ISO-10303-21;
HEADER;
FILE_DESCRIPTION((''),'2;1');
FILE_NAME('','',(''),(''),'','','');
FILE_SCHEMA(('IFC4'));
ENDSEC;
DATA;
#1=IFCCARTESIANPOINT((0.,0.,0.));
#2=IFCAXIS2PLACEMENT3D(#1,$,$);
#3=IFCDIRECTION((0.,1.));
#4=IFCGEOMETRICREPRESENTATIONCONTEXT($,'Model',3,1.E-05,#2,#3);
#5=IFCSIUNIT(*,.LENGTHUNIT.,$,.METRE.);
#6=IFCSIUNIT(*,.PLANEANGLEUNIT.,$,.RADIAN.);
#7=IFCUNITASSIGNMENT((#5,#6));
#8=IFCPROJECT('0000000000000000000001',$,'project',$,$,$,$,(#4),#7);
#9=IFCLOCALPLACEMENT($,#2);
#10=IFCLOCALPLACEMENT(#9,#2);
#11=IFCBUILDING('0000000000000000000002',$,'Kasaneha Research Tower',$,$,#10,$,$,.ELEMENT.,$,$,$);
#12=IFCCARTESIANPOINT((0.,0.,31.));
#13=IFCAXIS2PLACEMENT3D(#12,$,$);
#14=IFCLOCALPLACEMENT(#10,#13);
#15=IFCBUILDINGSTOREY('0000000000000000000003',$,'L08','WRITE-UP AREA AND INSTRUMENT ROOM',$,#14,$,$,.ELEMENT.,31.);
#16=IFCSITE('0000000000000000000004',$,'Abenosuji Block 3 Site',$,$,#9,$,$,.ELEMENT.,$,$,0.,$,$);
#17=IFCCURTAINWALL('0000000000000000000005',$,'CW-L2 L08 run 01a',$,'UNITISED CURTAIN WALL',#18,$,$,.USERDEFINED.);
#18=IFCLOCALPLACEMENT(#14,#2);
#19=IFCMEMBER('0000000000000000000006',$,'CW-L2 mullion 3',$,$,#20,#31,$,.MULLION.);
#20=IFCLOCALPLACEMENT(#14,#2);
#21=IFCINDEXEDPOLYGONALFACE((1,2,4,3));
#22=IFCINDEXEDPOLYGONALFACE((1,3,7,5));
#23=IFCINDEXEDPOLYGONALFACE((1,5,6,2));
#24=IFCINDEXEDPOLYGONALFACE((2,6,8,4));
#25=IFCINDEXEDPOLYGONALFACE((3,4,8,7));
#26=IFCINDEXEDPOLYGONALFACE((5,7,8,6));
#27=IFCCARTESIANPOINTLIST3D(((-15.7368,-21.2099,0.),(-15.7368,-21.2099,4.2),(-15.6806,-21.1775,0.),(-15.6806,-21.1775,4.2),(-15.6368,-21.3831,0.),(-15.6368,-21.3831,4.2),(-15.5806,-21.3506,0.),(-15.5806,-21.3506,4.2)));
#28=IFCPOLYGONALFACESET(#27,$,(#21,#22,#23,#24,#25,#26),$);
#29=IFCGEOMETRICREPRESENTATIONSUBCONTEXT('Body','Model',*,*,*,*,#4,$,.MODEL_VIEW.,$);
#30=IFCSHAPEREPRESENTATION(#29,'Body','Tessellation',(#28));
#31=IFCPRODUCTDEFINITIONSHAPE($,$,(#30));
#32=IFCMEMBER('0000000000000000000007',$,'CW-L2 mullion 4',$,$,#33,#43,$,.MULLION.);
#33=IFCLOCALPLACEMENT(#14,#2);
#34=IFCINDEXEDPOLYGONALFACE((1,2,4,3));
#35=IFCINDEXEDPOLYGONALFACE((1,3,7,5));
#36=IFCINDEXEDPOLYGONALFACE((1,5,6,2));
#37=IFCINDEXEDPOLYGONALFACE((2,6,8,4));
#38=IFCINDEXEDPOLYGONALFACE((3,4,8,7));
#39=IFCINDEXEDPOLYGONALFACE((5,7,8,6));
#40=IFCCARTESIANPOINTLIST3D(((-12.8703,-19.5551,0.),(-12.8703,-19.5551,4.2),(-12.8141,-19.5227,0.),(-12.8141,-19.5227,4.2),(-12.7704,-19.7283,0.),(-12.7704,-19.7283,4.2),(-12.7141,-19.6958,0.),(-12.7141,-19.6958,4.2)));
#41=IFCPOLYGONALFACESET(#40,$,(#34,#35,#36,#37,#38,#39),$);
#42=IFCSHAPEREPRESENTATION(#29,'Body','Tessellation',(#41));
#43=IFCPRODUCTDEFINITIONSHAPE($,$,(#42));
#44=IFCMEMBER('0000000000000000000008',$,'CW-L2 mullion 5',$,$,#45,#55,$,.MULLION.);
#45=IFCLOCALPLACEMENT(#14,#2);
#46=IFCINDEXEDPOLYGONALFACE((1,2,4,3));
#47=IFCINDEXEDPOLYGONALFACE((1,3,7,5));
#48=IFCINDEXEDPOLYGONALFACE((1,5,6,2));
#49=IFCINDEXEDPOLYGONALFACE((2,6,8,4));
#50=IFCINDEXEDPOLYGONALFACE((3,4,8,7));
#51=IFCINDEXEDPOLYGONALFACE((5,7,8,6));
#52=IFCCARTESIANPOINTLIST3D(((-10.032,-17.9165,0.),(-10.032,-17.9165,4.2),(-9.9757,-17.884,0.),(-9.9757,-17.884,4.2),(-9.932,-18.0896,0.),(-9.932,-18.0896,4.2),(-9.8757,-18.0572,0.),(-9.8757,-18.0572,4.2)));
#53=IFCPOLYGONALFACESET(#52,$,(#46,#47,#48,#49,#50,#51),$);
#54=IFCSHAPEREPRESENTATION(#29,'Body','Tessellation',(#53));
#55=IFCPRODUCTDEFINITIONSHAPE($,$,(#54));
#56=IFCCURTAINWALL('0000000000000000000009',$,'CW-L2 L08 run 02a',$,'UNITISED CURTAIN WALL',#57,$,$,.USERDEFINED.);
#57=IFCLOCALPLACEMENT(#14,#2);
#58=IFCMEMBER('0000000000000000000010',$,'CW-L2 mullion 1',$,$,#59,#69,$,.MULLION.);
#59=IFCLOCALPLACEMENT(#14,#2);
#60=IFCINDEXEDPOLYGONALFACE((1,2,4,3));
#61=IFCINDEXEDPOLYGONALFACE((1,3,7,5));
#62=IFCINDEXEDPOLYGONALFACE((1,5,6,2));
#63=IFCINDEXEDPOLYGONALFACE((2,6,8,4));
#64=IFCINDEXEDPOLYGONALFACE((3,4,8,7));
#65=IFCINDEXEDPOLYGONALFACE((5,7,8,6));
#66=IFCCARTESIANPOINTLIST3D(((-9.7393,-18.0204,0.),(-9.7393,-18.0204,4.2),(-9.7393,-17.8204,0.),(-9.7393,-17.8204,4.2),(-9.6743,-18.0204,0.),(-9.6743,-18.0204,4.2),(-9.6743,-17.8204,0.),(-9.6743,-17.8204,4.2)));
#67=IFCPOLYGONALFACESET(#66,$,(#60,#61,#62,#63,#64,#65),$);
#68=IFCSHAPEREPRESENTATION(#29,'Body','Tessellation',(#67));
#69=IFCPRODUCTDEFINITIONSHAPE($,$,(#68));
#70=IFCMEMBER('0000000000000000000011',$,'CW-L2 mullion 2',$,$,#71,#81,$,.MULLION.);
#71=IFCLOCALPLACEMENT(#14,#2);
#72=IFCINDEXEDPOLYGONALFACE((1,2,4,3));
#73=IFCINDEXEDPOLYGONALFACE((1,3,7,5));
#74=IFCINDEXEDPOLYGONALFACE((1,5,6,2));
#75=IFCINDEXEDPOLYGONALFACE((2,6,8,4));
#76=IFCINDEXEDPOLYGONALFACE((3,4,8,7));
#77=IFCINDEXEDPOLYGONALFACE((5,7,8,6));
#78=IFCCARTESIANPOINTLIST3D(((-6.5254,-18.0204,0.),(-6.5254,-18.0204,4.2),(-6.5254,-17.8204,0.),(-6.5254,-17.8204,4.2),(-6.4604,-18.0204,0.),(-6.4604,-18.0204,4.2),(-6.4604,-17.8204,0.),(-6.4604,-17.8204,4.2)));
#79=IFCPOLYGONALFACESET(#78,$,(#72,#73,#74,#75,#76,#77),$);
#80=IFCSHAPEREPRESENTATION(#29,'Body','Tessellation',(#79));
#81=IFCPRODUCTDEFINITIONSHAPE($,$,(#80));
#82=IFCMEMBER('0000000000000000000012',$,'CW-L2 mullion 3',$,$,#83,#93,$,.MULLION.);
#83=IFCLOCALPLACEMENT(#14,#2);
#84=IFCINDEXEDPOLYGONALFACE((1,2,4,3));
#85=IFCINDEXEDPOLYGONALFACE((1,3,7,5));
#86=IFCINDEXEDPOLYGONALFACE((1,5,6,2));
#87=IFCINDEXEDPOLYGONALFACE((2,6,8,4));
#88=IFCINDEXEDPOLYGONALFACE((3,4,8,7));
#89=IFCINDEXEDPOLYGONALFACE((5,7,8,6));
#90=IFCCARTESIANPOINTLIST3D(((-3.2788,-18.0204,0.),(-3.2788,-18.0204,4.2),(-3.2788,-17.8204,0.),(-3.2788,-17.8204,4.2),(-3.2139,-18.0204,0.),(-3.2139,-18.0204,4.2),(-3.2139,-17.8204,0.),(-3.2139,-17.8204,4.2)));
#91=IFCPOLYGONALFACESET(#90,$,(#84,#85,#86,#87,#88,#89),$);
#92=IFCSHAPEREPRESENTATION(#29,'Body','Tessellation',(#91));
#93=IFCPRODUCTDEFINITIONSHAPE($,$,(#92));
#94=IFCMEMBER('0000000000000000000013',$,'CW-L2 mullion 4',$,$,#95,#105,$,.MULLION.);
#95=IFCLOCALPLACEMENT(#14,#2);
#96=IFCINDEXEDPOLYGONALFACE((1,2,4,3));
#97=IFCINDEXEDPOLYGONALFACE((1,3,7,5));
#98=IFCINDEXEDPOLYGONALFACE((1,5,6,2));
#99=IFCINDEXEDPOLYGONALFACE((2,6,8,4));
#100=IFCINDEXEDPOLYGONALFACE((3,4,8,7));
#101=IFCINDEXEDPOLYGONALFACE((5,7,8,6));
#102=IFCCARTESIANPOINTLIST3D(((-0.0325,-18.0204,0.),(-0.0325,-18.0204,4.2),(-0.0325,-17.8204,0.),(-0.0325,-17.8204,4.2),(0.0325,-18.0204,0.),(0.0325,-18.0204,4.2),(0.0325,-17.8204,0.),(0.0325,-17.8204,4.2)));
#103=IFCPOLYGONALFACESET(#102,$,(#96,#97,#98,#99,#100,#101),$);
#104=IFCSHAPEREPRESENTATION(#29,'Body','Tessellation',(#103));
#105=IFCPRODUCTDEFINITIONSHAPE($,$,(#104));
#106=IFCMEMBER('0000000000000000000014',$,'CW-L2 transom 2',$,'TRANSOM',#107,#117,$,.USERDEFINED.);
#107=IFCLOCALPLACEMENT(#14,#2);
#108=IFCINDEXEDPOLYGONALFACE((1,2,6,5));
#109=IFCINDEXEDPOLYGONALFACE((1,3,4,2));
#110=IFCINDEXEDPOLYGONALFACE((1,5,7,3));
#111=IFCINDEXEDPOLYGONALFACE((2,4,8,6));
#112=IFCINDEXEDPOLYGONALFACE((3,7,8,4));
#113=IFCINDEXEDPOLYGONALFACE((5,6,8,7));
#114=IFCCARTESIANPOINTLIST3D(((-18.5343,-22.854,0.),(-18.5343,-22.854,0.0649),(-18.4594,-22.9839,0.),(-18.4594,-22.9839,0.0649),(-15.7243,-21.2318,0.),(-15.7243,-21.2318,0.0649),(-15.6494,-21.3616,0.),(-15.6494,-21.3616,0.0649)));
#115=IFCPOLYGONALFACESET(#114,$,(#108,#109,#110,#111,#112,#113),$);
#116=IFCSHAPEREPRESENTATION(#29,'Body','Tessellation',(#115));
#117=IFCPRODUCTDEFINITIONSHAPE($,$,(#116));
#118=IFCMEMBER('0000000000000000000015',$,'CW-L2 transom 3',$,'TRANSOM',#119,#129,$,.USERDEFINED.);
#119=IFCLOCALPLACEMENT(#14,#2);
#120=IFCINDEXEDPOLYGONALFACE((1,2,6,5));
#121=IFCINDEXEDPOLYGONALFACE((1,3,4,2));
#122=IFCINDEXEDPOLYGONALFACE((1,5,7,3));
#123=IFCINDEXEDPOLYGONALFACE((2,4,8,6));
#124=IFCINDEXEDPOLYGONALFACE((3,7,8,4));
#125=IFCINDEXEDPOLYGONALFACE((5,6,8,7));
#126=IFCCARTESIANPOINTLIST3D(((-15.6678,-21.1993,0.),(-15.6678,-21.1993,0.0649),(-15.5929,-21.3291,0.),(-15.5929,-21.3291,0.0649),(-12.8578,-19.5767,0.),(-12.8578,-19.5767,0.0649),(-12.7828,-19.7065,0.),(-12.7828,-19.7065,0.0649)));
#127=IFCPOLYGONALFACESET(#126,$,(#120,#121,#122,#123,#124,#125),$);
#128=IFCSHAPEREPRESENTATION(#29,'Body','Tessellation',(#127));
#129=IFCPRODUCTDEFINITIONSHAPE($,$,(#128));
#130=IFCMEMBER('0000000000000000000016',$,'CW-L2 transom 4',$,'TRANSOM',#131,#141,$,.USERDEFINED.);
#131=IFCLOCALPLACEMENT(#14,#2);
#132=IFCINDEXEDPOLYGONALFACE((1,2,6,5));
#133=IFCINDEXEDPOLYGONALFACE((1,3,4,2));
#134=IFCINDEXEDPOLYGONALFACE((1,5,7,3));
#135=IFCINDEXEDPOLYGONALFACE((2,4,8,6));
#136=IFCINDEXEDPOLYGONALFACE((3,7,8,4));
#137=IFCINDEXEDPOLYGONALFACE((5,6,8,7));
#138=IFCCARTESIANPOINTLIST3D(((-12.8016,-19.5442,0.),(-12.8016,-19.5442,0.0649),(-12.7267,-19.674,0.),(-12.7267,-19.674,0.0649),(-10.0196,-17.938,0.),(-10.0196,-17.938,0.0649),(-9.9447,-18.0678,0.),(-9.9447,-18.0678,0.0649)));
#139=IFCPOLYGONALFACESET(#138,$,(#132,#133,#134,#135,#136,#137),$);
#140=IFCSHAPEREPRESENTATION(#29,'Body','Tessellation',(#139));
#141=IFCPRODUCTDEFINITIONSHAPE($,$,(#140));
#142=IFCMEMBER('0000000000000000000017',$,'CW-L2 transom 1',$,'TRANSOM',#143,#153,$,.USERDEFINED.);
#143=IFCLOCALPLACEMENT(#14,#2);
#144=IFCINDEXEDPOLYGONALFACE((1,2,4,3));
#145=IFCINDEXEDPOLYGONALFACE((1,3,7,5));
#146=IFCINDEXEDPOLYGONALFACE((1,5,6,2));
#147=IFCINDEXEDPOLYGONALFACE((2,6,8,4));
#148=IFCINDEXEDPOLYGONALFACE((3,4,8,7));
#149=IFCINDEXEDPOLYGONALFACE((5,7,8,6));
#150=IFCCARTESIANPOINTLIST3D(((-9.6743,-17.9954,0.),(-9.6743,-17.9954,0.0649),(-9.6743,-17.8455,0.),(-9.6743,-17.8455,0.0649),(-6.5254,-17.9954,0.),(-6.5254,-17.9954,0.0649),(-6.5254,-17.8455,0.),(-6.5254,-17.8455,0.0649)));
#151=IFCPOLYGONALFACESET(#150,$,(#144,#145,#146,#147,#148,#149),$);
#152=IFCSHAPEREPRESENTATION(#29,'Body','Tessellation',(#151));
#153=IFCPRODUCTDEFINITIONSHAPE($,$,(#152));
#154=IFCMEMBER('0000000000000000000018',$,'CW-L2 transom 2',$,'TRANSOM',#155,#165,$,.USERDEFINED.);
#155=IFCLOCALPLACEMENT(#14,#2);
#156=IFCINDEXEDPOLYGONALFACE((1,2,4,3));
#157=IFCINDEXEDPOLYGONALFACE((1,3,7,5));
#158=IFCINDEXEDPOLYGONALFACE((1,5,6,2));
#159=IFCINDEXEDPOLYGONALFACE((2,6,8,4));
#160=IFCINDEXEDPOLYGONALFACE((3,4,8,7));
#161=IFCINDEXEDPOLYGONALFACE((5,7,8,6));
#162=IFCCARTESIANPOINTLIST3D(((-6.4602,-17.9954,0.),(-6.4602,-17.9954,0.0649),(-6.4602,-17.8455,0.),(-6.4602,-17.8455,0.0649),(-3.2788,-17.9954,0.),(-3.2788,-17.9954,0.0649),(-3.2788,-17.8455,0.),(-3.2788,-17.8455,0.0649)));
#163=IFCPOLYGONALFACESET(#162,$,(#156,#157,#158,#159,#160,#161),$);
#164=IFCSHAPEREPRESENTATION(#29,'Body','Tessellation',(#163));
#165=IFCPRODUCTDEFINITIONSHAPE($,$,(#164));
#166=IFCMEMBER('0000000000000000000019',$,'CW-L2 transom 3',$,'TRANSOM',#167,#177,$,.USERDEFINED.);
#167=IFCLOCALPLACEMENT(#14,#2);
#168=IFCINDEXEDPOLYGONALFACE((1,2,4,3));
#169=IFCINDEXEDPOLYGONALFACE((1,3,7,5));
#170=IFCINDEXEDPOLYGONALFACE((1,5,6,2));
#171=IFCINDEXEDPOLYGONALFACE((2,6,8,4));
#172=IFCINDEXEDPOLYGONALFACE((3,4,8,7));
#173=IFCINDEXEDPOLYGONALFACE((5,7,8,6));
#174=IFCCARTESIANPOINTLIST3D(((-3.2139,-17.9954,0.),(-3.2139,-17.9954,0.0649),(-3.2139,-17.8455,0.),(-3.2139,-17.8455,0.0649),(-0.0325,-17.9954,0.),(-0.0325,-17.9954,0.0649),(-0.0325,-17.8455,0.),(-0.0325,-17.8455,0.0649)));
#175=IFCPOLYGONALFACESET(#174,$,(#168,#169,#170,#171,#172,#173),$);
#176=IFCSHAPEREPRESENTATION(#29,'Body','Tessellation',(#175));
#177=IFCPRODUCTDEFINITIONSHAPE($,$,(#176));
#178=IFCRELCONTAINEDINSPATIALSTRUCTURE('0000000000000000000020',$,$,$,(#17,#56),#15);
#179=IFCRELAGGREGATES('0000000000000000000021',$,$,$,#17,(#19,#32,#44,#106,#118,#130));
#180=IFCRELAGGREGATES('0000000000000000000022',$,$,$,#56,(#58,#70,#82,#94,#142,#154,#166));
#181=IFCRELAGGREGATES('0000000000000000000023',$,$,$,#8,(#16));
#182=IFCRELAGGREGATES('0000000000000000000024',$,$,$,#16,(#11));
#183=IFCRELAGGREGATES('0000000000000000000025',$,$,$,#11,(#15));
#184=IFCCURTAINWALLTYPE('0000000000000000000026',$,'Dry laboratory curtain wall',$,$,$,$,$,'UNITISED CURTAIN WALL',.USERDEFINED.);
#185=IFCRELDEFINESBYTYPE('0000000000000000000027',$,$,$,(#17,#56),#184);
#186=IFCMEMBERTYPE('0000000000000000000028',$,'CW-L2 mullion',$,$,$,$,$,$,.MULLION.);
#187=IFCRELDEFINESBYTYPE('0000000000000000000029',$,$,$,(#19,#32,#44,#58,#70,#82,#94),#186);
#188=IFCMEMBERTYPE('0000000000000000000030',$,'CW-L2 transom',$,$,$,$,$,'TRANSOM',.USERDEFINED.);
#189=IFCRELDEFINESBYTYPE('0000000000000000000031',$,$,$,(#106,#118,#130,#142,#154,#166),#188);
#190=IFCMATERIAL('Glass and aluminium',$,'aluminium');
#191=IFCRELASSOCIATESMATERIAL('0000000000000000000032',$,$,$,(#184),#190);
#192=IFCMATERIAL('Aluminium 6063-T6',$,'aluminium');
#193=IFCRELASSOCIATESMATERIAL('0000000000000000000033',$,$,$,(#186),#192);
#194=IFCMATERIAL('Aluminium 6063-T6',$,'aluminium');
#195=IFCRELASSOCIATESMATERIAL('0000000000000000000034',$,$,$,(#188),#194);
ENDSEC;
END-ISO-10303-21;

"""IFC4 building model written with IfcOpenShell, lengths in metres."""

from ifc_helpers import new_model, si_unit, direction, frame, origin, origin_2d, place, context, subcontext, project, spatial, rectangle, extrude, material, material_profile, profile_set, type_object, element, aggregate, save


model = new_model("IFC4")

# Units and contexts
model_context = context("Model", 3, precision=1e-05, world=origin(), true_north=direction((0.0, 1.0)))
body_context = subcontext(model_context, "Body", "Model", "MODEL_VIEW")
ifc_project = project(units=[si_unit("LENGTHUNIT", "METRE"), si_unit("PLANEANGLEUNIT", "RADIAN")], contexts=[model_context])

# Site, building, storey
site_placement = place(None, origin())
site = spatial("IfcSite", under=ifc_project, at=site_placement, Name="Abenosuji Block 3 Site", CompositionType="ELEMENT", RefElevation=0.0)
building_placement = place(site_placement, origin())
building = spatial("IfcBuilding", under=site, at=building_placement, Name="Kasaneha Research Tower", CompositionType="ELEMENT")
storey_placement = place(building_placement, frame((0.0, 0.0, 31.0)))
storey = spatial("IfcBuildingStorey", under=building, at=storey_placement, Name="L08", Description="WRITE-UP AREA AND INSTRUMENT ROOM", CompositionType="ELEMENT", Elevation=31.0)

# Curtain walls, members
ifc_material_1 = material(Name="Glass and aluminium", Category="aluminium")
curtain_wall_type = type_object("IfcCurtainWallType", Name="Dry laboratory curtain wall", ElementType="UNITISED CURTAIN WALL", PredefinedType="USERDEFINED", material=ifc_material_1)
curtain_wall_1_placement = place(storey_placement, origin())
curtain_wall_1 = element("IfcCurtainWall", 1, at=curtain_wall_1_placement, inside=storey, type_object=curtain_wall_type, Name="CW-L2 L08 run 01a", ObjectType="UNITISED CURTAIN WALL", PredefinedType="USERDEFINED")
ifc_material_2 = material(Name="Aluminium 6063-T6", Category="aluminium")
ifc_material_profile_1 = material_profile(ifc_material_2, rectangle(XDim=0.0649, YDim=0.2, at=origin_2d()), Name="CW-L2 mullion 65x200")
ifc_profile_set_1 = profile_set([ifc_material_profile_1], Name="Aluminium 6063-T6")
member_type_1 = type_object("IfcMemberType", Name="CW-L2 mullion", PredefinedType="MULLION", material=ifc_profile_set_1)
member_1_placement = place(storey_placement, frame((-15.6587, -21.2803, 0.0), z_axis=(0.0, 0.0, 1.0), x_axis=(0.866025, 0.5, 0.0)))
member_1 = element("IfcMember", 2, at=member_1_placement, type_object=member_type_1, Name="CW-L2 mullion 3", PredefinedType="MULLION", context=body_context, shape_type="SweptSolid", body=[
    extrude(rectangle(XDim=0.0649, YDim=0.2, at=origin_2d()), origin(), (0.0, 0.0, 1.0), 4.2),
])
member_2_placement = place(storey_placement, frame((-12.7922, -19.6255, 0.0), z_axis=(0.0, 0.0, 1.0), x_axis=(0.866025, 0.5, 0.0)))
member_2 = element("IfcMember", 3, at=member_2_placement, type_object=member_type_1, Name="CW-L2 mullion 4", PredefinedType="MULLION", context=body_context, shape_type="SweptSolid", body=[
    extrude(rectangle(XDim=0.0649, YDim=0.2, at=origin_2d()), origin(), (0.0, 0.0, 1.0), 4.2),
])
member_3_placement = place(storey_placement, frame((-9.9539, -17.9868, 0.0), z_axis=(0.0, 0.0, 1.0), x_axis=(0.866025, 0.5, 0.0)))
member_3 = element("IfcMember", 4, at=member_3_placement, type_object=member_type_1, Name="CW-L2 mullion 5", PredefinedType="MULLION", context=body_context, shape_type="SweptSolid", body=[
    extrude(rectangle(XDim=0.0649, YDim=0.2, at=origin_2d()), origin(), (0.0, 0.0, 1.0), 4.2),
])
curtain_wall_2_placement = place(storey_placement, origin())
curtain_wall_2 = element("IfcCurtainWall", 5, at=curtain_wall_2_placement, inside=storey, type_object=curtain_wall_type, Name="CW-L2 L08 run 02a", ObjectType="UNITISED CURTAIN WALL", PredefinedType="USERDEFINED")
member_4_placement = place(storey_placement, frame((-9.7068, -17.9204, 0.0), z_axis=(0.0, 0.0, 1.0), x_axis=(1.0, 0.0, 0.0)))
member_4 = element("IfcMember", 6, at=member_4_placement, type_object=member_type_1, Name="CW-L2 mullion 1", PredefinedType="MULLION", context=body_context, shape_type="SweptSolid", body=[
    extrude(rectangle(XDim=0.0649, YDim=0.2, at=origin_2d()), origin(), (0.0, 0.0, 1.0), 4.2),
])
member_5_placement = place(storey_placement, frame((-6.4929, -17.9204, 0.0), z_axis=(0.0, 0.0, 1.0), x_axis=(1.0, 0.0, 0.0)))
member_5 = element("IfcMember", 7, at=member_5_placement, type_object=member_type_1, Name="CW-L2 mullion 2", PredefinedType="MULLION", context=body_context, shape_type="SweptSolid", body=[
    extrude(rectangle(XDim=0.0649, YDim=0.2, at=origin_2d()), origin(), (0.0, 0.0, 1.0), 4.2),
])
member_6_placement = place(storey_placement, frame((-3.2463, -17.9204, 0.0), z_axis=(0.0, 0.0, 1.0), x_axis=(1.0, 0.0, 0.0)))
member_6 = element("IfcMember", 8, at=member_6_placement, type_object=member_type_1, Name="CW-L2 mullion 3", PredefinedType="MULLION", context=body_context, shape_type="SweptSolid", body=[
    extrude(rectangle(XDim=0.0649, YDim=0.2, at=origin_2d()), origin(), (0.0, 0.0, 1.0), 4.2),
])
member_7_placement = place(storey_placement, frame((0.0, -17.9204, 0.0), z_axis=(0.0, 0.0, 1.0), x_axis=(1.0, 0.0, 0.0)))
member_7 = element("IfcMember", 9, at=member_7_placement, type_object=member_type_1, Name="CW-L2 mullion 4", PredefinedType="MULLION", context=body_context, shape_type="SweptSolid", body=[
    extrude(rectangle(XDim=0.0649, YDim=0.2, at=origin_2d()), origin(), (0.0, 0.0, 1.0), 4.2),
])

# Members
ifc_material_3 = material(Name="Aluminium 6063-T6", Category="aluminium")
ifc_material_profile_2 = material_profile(ifc_material_3, rectangle(XDim=0.1499, YDim=0.0649, at=origin_2d()), Name="CW-L2 transom 150x65")
ifc_profile_set_2 = profile_set([ifc_material_profile_2], Name="Aluminium 6063-T6")
member_type_2 = type_object("IfcMemberType", Name="CW-L2 transom", ElementType="TRANSOM", PredefinedType="USERDEFINED", material=ifc_profile_set_2)
member_8_placement = place(storey_placement, frame((-18.4968, -22.9189, 0.0325), z_axis=(0.866035, 0.499983, 0.0), x_axis=(-0.499983, 0.866035, 0.0)))
member_8 = element("IfcMember", 10, at=member_8_placement, type_object=member_type_2, Name="CW-L2 transom 2", ObjectType="TRANSOM", PredefinedType="USERDEFINED", context=body_context, shape_type="SweptSolid", body=[
    extrude(rectangle(XDim=0.1499, YDim=0.0649, at=origin_2d()), origin(), (0.0, 0.0, 1.0), 3.2446),
])
member_9_placement = place(storey_placement, frame((-15.6304, -21.2642, 0.0325), z_axis=(0.866003, 0.500039, 0.0), x_axis=(-0.500039, 0.866003, 0.0)))
member_9 = element("IfcMember", 11, at=member_9_placement, type_object=member_type_2, Name="CW-L2 transom 3", ObjectType="TRANSOM", PredefinedType="USERDEFINED", context=body_context, shape_type="SweptSolid", body=[
    extrude(rectangle(XDim=0.1499, YDim=0.0649, at=origin_2d()), origin(), (0.0, 0.0, 1.0), 3.2449),
])
member_10_placement = place(storey_placement, frame((-12.7642, -19.6091, 0.0325), z_axis=(0.866022, 0.500005, 0.0), x_axis=(-0.500005, 0.866022, 0.0)))
member_10 = element("IfcMember", 12, at=member_10_placement, type_object=member_type_2, Name="CW-L2 transom 4", ObjectType="TRANSOM", PredefinedType="USERDEFINED", context=body_context, shape_type="SweptSolid", body=[
    extrude(rectangle(XDim=0.1499, YDim=0.0649, at=origin_2d()), origin(), (0.0, 0.0, 1.0), 3.2124),
])
member_11_placement = place(storey_placement, frame((-9.6743, -17.9204, 0.0325), z_axis=(1.0, 0.0, 0.0), x_axis=(0.0, 1.0, 0.0)))
member_11 = element("IfcMember", 13, at=member_11_placement, type_object=member_type_2, Name="CW-L2 transom 1", ObjectType="TRANSOM", PredefinedType="USERDEFINED", context=body_context, shape_type="SweptSolid", body=[
    extrude(rectangle(XDim=0.1499, YDim=0.0649, at=origin_2d()), origin(), (0.0, 0.0, 1.0), 3.1489),
])
member_12_placement = place(storey_placement, frame((-6.4602, -17.9204, 0.0325), z_axis=(1.0, 0.0, 0.0), x_axis=(0.0, 1.0, 0.0)))
member_12 = element("IfcMember", 14, at=member_12_placement, type_object=member_type_2, Name="CW-L2 transom 2", ObjectType="TRANSOM", PredefinedType="USERDEFINED", context=body_context, shape_type="SweptSolid", body=[
    extrude(rectangle(XDim=0.1499, YDim=0.0649, at=origin_2d()), origin(), (0.0, 0.0, 1.0), 3.1814),
])
member_13_placement = place(storey_placement, frame((-3.2139, -17.9204, 0.0325), z_axis=(1.0, 0.0, 0.0), x_axis=(0.0, 1.0, 0.0)))
member_13 = element("IfcMember", 15, at=member_13_placement, type_object=member_type_2, Name="CW-L2 transom 3", ObjectType="TRANSOM", PredefinedType="USERDEFINED", context=body_context, shape_type="SweptSolid", body=[
    extrude(rectangle(XDim=0.1499, YDim=0.0649, at=origin_2d()), origin(), (0.0, 0.0, 1.0), 3.1814),
])

aggregate(curtain_wall_1, [member_1, member_2, member_3, member_8, member_9, member_10])
aggregate(curtain_wall_2, [member_4, member_5, member_6, member_7, member_11, member_12, member_13])

save(model, "model.ifc")
